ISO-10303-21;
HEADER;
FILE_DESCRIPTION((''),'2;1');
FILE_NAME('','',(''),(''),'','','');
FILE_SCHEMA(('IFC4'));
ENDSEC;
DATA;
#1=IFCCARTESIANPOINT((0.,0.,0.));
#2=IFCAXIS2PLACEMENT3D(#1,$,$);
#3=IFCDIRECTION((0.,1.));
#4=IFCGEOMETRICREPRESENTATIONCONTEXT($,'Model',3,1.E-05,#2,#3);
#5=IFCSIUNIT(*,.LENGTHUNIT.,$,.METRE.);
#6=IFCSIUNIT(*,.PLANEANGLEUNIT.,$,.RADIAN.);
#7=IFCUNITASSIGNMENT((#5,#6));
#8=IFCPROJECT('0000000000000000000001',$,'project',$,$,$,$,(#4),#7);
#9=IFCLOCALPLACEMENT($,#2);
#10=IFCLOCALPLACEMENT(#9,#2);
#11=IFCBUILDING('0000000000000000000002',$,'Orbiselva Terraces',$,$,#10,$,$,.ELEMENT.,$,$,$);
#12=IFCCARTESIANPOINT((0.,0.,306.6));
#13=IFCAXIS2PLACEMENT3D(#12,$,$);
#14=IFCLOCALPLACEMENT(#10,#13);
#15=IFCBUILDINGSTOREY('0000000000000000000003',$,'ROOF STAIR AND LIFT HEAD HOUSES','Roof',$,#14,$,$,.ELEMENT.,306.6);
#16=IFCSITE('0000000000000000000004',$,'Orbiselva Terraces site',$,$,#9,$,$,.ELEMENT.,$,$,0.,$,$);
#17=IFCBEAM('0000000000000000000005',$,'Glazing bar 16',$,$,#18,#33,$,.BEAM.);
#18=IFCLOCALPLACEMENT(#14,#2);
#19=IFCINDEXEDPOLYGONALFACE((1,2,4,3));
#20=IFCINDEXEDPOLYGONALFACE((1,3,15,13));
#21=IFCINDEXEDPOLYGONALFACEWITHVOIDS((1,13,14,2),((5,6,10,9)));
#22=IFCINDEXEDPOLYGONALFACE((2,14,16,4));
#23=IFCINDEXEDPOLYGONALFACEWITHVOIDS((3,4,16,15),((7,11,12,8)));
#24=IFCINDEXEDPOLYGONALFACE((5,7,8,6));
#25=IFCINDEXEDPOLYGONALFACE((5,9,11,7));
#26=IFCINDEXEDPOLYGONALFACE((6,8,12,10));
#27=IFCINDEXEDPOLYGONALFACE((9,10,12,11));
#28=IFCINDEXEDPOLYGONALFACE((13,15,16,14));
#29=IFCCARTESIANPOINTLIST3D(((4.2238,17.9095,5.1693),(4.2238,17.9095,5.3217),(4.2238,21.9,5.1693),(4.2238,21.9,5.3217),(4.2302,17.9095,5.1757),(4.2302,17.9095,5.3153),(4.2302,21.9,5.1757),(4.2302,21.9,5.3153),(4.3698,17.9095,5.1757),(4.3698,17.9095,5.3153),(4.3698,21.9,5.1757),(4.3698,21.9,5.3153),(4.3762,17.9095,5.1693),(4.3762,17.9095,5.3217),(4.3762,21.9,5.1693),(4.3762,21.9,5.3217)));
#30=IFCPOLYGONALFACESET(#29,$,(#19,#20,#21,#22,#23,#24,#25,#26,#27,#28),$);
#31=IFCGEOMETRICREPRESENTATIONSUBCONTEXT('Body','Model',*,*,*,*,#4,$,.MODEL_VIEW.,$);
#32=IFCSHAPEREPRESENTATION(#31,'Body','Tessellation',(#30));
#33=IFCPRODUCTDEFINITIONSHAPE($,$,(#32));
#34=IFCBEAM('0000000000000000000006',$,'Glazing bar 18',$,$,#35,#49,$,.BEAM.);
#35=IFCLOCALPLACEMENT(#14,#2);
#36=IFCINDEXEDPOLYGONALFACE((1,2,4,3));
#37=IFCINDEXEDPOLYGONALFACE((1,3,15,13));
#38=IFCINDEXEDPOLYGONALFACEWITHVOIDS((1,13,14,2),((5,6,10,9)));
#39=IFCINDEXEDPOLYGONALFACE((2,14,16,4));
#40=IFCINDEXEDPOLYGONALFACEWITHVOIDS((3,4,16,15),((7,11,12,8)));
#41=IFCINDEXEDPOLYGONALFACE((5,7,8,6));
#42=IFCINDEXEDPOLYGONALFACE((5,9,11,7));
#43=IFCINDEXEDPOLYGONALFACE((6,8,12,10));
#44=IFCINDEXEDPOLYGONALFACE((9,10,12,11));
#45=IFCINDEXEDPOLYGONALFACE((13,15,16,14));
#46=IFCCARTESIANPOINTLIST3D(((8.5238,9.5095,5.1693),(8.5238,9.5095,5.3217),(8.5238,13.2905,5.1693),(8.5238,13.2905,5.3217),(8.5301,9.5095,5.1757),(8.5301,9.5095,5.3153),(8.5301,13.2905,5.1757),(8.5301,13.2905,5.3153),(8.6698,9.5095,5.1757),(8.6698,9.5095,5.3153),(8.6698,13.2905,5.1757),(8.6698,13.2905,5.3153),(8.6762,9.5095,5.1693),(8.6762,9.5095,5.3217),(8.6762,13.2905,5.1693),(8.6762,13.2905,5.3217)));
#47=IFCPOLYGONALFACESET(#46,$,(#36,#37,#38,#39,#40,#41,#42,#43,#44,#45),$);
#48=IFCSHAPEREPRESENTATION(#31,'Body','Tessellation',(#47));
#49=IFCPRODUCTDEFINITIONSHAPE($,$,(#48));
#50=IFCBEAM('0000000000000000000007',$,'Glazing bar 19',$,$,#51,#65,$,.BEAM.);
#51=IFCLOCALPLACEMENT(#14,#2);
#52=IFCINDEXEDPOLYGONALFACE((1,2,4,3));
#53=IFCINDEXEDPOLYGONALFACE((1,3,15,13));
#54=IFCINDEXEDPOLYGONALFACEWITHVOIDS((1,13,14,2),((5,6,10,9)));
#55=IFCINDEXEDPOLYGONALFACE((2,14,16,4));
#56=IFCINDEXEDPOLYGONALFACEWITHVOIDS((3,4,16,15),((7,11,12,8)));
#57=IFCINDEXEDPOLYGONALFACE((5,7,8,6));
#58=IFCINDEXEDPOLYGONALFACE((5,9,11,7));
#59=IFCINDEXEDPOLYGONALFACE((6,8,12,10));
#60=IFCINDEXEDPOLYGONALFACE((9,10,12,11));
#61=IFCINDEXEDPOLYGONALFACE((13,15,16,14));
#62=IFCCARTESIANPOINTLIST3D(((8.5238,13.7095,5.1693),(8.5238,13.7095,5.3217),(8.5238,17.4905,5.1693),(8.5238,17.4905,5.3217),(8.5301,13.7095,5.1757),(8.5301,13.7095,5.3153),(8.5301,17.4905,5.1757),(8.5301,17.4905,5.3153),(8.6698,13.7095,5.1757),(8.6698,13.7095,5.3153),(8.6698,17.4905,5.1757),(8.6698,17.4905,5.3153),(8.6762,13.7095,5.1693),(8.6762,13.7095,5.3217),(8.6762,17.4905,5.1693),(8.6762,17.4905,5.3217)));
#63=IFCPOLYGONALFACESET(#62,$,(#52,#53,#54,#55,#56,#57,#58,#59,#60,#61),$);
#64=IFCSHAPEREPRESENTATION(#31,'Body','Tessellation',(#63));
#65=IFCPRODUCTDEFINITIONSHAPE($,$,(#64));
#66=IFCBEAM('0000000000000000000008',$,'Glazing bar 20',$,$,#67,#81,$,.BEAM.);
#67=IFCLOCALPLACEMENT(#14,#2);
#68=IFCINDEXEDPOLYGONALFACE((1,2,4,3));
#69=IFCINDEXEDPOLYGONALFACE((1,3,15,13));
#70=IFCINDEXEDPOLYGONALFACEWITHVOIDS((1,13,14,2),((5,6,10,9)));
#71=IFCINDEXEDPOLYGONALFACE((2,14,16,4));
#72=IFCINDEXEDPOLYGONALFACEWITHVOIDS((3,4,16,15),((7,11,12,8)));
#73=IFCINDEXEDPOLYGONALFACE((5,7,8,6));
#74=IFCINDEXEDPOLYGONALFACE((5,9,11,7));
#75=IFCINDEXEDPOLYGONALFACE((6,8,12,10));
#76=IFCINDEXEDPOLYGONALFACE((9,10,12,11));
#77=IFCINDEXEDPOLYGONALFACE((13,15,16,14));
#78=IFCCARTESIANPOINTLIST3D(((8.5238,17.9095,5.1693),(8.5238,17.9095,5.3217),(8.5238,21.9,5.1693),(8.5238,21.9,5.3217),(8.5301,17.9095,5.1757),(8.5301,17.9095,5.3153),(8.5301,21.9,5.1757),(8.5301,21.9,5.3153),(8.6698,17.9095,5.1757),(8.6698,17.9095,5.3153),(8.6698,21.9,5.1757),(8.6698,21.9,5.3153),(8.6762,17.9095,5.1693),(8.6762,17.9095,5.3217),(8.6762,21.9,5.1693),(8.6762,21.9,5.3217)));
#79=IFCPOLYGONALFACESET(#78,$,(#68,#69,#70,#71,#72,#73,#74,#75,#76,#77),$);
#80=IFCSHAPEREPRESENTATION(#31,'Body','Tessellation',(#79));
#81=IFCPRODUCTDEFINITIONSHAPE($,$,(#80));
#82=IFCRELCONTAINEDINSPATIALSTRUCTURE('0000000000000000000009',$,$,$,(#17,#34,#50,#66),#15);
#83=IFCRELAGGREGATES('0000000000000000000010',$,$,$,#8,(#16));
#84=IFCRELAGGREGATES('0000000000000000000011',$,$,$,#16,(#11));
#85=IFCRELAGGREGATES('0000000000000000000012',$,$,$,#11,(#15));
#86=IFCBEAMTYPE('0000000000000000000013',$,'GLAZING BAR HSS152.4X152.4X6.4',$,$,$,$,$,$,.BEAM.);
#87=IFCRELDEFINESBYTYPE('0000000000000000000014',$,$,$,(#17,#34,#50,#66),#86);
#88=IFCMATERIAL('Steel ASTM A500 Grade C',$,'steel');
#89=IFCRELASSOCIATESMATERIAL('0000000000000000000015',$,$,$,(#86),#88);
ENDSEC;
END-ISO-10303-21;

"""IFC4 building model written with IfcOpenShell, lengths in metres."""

from ifc_helpers import new_model, si_unit, direction, frame, origin, origin_2d, place, context, subcontext, project, spatial, hollow_rectangle, extrude, material, material_profile, profile_set, type_object, element, save


model = new_model("IFC4")

# Units and contexts
model_context = context("Model", 3, precision=1e-05, world=origin(), true_north=direction((0.0, 1.0)))
body_context = subcontext(model_context, "Body", "Model", "MODEL_VIEW")
ifc_project = project(units=[si_unit("LENGTHUNIT", "METRE"), si_unit("PLANEANGLEUNIT", "RADIAN")], contexts=[model_context])

# Site, building, storey
site_placement = place(None, origin())
site = spatial("IfcSite", under=ifc_project, at=site_placement, Name="Orbiselva Terraces site", CompositionType="ELEMENT", RefElevation=0.0)
building_placement = place(site_placement, origin())
building = spatial("IfcBuilding", under=site, at=building_placement, Name="Orbiselva Terraces", CompositionType="ELEMENT")
storey_placement = place(building_placement, frame((0.0, 0.0, 306.6)))
storey = spatial("IfcBuildingStorey", under=building, at=storey_placement, Name="ROOF STAIR AND LIFT HEAD HOUSES", Description="Roof", CompositionType="ELEMENT", Elevation=306.6)

# Shared definitions
ifc_material = material(Name="Steel ASTM A500 Grade C", Category="steel")

# Beams
ifc_material_profile_1 = material_profile(ifc_material, hollow_rectangle(XDim=0.1524, YDim=0.1524, WallThickness=0.0063, at=origin_2d()), Name="HSS152.4X152.4X6.4")
ifc_profile_set_1 = profile_set([ifc_material_profile_1], Name="Steel ASTM A500 Grade C")
beam_type_1 = type_object("IfcBeamType", Name="GLAZING BAR HSS152.4X152.4X6.4", PredefinedType="BEAM", material=ifc_profile_set_1)
beam_1_placement = place(storey_placement, frame((4.3, 17.9095, 5.2455), z_axis=(0.0, 1.0, 0.0), x_axis=(-1.0, 0.0, 0.0)))
element("IfcBeam", 1, at=beam_1_placement, inside=storey, type_object=beam_type_1, Name="Glazing bar 16", PredefinedType="BEAM", context=body_context, shape_type="SweptSolid", body=[
    extrude(hollow_rectangle(XDim=0.1524, YDim=0.1524, WallThickness=0.0063, at=origin_2d()), origin(), (0.0, 0.0, 1.0), 3.9905),
])
for number, where, z_axis, x_axis, name in (
    (2, (8.6, 9.5095, 5.2455), (0.0, 1.0, 0.0), (-1.0, 0.0, 0.0), "Glazing bar 18"),
    (3, (8.6, 13.7095, 5.2455), (0.0, 1.0, 0.0), (-1.0, 0.0, 0.0), "Glazing bar 19"),
):
    element("IfcBeam", number, at=place(storey_placement, frame(where, z_axis=z_axis, x_axis=x_axis)), inside=storey, type_object=beam_type_1, Name=name, PredefinedType="BEAM", context=body_context, shape_type="SweptSolid", body=[
        extrude(hollow_rectangle(XDim=0.1524, YDim=0.1524, WallThickness=0.0063, at=origin_2d()), origin(), (0.0, 0.0, 1.0), 3.781),
    ])
beam_2_placement = place(storey_placement, frame((8.6, 17.9095, 5.2455), z_axis=(0.0, 1.0, 0.0), x_axis=(-1.0, 0.0, 0.0)))
element("IfcBeam", 4, at=beam_2_placement, inside=storey, type_object=beam_type_1, Name="Glazing bar 20", PredefinedType="BEAM", context=body_context, shape_type="SweptSolid", body=[
    extrude(hollow_rectangle(XDim=0.1524, YDim=0.1524, WallThickness=0.0063, at=origin_2d()), origin(), (0.0, 0.0, 1.0), 3.9905),
])

save(model, "model.ifc")
